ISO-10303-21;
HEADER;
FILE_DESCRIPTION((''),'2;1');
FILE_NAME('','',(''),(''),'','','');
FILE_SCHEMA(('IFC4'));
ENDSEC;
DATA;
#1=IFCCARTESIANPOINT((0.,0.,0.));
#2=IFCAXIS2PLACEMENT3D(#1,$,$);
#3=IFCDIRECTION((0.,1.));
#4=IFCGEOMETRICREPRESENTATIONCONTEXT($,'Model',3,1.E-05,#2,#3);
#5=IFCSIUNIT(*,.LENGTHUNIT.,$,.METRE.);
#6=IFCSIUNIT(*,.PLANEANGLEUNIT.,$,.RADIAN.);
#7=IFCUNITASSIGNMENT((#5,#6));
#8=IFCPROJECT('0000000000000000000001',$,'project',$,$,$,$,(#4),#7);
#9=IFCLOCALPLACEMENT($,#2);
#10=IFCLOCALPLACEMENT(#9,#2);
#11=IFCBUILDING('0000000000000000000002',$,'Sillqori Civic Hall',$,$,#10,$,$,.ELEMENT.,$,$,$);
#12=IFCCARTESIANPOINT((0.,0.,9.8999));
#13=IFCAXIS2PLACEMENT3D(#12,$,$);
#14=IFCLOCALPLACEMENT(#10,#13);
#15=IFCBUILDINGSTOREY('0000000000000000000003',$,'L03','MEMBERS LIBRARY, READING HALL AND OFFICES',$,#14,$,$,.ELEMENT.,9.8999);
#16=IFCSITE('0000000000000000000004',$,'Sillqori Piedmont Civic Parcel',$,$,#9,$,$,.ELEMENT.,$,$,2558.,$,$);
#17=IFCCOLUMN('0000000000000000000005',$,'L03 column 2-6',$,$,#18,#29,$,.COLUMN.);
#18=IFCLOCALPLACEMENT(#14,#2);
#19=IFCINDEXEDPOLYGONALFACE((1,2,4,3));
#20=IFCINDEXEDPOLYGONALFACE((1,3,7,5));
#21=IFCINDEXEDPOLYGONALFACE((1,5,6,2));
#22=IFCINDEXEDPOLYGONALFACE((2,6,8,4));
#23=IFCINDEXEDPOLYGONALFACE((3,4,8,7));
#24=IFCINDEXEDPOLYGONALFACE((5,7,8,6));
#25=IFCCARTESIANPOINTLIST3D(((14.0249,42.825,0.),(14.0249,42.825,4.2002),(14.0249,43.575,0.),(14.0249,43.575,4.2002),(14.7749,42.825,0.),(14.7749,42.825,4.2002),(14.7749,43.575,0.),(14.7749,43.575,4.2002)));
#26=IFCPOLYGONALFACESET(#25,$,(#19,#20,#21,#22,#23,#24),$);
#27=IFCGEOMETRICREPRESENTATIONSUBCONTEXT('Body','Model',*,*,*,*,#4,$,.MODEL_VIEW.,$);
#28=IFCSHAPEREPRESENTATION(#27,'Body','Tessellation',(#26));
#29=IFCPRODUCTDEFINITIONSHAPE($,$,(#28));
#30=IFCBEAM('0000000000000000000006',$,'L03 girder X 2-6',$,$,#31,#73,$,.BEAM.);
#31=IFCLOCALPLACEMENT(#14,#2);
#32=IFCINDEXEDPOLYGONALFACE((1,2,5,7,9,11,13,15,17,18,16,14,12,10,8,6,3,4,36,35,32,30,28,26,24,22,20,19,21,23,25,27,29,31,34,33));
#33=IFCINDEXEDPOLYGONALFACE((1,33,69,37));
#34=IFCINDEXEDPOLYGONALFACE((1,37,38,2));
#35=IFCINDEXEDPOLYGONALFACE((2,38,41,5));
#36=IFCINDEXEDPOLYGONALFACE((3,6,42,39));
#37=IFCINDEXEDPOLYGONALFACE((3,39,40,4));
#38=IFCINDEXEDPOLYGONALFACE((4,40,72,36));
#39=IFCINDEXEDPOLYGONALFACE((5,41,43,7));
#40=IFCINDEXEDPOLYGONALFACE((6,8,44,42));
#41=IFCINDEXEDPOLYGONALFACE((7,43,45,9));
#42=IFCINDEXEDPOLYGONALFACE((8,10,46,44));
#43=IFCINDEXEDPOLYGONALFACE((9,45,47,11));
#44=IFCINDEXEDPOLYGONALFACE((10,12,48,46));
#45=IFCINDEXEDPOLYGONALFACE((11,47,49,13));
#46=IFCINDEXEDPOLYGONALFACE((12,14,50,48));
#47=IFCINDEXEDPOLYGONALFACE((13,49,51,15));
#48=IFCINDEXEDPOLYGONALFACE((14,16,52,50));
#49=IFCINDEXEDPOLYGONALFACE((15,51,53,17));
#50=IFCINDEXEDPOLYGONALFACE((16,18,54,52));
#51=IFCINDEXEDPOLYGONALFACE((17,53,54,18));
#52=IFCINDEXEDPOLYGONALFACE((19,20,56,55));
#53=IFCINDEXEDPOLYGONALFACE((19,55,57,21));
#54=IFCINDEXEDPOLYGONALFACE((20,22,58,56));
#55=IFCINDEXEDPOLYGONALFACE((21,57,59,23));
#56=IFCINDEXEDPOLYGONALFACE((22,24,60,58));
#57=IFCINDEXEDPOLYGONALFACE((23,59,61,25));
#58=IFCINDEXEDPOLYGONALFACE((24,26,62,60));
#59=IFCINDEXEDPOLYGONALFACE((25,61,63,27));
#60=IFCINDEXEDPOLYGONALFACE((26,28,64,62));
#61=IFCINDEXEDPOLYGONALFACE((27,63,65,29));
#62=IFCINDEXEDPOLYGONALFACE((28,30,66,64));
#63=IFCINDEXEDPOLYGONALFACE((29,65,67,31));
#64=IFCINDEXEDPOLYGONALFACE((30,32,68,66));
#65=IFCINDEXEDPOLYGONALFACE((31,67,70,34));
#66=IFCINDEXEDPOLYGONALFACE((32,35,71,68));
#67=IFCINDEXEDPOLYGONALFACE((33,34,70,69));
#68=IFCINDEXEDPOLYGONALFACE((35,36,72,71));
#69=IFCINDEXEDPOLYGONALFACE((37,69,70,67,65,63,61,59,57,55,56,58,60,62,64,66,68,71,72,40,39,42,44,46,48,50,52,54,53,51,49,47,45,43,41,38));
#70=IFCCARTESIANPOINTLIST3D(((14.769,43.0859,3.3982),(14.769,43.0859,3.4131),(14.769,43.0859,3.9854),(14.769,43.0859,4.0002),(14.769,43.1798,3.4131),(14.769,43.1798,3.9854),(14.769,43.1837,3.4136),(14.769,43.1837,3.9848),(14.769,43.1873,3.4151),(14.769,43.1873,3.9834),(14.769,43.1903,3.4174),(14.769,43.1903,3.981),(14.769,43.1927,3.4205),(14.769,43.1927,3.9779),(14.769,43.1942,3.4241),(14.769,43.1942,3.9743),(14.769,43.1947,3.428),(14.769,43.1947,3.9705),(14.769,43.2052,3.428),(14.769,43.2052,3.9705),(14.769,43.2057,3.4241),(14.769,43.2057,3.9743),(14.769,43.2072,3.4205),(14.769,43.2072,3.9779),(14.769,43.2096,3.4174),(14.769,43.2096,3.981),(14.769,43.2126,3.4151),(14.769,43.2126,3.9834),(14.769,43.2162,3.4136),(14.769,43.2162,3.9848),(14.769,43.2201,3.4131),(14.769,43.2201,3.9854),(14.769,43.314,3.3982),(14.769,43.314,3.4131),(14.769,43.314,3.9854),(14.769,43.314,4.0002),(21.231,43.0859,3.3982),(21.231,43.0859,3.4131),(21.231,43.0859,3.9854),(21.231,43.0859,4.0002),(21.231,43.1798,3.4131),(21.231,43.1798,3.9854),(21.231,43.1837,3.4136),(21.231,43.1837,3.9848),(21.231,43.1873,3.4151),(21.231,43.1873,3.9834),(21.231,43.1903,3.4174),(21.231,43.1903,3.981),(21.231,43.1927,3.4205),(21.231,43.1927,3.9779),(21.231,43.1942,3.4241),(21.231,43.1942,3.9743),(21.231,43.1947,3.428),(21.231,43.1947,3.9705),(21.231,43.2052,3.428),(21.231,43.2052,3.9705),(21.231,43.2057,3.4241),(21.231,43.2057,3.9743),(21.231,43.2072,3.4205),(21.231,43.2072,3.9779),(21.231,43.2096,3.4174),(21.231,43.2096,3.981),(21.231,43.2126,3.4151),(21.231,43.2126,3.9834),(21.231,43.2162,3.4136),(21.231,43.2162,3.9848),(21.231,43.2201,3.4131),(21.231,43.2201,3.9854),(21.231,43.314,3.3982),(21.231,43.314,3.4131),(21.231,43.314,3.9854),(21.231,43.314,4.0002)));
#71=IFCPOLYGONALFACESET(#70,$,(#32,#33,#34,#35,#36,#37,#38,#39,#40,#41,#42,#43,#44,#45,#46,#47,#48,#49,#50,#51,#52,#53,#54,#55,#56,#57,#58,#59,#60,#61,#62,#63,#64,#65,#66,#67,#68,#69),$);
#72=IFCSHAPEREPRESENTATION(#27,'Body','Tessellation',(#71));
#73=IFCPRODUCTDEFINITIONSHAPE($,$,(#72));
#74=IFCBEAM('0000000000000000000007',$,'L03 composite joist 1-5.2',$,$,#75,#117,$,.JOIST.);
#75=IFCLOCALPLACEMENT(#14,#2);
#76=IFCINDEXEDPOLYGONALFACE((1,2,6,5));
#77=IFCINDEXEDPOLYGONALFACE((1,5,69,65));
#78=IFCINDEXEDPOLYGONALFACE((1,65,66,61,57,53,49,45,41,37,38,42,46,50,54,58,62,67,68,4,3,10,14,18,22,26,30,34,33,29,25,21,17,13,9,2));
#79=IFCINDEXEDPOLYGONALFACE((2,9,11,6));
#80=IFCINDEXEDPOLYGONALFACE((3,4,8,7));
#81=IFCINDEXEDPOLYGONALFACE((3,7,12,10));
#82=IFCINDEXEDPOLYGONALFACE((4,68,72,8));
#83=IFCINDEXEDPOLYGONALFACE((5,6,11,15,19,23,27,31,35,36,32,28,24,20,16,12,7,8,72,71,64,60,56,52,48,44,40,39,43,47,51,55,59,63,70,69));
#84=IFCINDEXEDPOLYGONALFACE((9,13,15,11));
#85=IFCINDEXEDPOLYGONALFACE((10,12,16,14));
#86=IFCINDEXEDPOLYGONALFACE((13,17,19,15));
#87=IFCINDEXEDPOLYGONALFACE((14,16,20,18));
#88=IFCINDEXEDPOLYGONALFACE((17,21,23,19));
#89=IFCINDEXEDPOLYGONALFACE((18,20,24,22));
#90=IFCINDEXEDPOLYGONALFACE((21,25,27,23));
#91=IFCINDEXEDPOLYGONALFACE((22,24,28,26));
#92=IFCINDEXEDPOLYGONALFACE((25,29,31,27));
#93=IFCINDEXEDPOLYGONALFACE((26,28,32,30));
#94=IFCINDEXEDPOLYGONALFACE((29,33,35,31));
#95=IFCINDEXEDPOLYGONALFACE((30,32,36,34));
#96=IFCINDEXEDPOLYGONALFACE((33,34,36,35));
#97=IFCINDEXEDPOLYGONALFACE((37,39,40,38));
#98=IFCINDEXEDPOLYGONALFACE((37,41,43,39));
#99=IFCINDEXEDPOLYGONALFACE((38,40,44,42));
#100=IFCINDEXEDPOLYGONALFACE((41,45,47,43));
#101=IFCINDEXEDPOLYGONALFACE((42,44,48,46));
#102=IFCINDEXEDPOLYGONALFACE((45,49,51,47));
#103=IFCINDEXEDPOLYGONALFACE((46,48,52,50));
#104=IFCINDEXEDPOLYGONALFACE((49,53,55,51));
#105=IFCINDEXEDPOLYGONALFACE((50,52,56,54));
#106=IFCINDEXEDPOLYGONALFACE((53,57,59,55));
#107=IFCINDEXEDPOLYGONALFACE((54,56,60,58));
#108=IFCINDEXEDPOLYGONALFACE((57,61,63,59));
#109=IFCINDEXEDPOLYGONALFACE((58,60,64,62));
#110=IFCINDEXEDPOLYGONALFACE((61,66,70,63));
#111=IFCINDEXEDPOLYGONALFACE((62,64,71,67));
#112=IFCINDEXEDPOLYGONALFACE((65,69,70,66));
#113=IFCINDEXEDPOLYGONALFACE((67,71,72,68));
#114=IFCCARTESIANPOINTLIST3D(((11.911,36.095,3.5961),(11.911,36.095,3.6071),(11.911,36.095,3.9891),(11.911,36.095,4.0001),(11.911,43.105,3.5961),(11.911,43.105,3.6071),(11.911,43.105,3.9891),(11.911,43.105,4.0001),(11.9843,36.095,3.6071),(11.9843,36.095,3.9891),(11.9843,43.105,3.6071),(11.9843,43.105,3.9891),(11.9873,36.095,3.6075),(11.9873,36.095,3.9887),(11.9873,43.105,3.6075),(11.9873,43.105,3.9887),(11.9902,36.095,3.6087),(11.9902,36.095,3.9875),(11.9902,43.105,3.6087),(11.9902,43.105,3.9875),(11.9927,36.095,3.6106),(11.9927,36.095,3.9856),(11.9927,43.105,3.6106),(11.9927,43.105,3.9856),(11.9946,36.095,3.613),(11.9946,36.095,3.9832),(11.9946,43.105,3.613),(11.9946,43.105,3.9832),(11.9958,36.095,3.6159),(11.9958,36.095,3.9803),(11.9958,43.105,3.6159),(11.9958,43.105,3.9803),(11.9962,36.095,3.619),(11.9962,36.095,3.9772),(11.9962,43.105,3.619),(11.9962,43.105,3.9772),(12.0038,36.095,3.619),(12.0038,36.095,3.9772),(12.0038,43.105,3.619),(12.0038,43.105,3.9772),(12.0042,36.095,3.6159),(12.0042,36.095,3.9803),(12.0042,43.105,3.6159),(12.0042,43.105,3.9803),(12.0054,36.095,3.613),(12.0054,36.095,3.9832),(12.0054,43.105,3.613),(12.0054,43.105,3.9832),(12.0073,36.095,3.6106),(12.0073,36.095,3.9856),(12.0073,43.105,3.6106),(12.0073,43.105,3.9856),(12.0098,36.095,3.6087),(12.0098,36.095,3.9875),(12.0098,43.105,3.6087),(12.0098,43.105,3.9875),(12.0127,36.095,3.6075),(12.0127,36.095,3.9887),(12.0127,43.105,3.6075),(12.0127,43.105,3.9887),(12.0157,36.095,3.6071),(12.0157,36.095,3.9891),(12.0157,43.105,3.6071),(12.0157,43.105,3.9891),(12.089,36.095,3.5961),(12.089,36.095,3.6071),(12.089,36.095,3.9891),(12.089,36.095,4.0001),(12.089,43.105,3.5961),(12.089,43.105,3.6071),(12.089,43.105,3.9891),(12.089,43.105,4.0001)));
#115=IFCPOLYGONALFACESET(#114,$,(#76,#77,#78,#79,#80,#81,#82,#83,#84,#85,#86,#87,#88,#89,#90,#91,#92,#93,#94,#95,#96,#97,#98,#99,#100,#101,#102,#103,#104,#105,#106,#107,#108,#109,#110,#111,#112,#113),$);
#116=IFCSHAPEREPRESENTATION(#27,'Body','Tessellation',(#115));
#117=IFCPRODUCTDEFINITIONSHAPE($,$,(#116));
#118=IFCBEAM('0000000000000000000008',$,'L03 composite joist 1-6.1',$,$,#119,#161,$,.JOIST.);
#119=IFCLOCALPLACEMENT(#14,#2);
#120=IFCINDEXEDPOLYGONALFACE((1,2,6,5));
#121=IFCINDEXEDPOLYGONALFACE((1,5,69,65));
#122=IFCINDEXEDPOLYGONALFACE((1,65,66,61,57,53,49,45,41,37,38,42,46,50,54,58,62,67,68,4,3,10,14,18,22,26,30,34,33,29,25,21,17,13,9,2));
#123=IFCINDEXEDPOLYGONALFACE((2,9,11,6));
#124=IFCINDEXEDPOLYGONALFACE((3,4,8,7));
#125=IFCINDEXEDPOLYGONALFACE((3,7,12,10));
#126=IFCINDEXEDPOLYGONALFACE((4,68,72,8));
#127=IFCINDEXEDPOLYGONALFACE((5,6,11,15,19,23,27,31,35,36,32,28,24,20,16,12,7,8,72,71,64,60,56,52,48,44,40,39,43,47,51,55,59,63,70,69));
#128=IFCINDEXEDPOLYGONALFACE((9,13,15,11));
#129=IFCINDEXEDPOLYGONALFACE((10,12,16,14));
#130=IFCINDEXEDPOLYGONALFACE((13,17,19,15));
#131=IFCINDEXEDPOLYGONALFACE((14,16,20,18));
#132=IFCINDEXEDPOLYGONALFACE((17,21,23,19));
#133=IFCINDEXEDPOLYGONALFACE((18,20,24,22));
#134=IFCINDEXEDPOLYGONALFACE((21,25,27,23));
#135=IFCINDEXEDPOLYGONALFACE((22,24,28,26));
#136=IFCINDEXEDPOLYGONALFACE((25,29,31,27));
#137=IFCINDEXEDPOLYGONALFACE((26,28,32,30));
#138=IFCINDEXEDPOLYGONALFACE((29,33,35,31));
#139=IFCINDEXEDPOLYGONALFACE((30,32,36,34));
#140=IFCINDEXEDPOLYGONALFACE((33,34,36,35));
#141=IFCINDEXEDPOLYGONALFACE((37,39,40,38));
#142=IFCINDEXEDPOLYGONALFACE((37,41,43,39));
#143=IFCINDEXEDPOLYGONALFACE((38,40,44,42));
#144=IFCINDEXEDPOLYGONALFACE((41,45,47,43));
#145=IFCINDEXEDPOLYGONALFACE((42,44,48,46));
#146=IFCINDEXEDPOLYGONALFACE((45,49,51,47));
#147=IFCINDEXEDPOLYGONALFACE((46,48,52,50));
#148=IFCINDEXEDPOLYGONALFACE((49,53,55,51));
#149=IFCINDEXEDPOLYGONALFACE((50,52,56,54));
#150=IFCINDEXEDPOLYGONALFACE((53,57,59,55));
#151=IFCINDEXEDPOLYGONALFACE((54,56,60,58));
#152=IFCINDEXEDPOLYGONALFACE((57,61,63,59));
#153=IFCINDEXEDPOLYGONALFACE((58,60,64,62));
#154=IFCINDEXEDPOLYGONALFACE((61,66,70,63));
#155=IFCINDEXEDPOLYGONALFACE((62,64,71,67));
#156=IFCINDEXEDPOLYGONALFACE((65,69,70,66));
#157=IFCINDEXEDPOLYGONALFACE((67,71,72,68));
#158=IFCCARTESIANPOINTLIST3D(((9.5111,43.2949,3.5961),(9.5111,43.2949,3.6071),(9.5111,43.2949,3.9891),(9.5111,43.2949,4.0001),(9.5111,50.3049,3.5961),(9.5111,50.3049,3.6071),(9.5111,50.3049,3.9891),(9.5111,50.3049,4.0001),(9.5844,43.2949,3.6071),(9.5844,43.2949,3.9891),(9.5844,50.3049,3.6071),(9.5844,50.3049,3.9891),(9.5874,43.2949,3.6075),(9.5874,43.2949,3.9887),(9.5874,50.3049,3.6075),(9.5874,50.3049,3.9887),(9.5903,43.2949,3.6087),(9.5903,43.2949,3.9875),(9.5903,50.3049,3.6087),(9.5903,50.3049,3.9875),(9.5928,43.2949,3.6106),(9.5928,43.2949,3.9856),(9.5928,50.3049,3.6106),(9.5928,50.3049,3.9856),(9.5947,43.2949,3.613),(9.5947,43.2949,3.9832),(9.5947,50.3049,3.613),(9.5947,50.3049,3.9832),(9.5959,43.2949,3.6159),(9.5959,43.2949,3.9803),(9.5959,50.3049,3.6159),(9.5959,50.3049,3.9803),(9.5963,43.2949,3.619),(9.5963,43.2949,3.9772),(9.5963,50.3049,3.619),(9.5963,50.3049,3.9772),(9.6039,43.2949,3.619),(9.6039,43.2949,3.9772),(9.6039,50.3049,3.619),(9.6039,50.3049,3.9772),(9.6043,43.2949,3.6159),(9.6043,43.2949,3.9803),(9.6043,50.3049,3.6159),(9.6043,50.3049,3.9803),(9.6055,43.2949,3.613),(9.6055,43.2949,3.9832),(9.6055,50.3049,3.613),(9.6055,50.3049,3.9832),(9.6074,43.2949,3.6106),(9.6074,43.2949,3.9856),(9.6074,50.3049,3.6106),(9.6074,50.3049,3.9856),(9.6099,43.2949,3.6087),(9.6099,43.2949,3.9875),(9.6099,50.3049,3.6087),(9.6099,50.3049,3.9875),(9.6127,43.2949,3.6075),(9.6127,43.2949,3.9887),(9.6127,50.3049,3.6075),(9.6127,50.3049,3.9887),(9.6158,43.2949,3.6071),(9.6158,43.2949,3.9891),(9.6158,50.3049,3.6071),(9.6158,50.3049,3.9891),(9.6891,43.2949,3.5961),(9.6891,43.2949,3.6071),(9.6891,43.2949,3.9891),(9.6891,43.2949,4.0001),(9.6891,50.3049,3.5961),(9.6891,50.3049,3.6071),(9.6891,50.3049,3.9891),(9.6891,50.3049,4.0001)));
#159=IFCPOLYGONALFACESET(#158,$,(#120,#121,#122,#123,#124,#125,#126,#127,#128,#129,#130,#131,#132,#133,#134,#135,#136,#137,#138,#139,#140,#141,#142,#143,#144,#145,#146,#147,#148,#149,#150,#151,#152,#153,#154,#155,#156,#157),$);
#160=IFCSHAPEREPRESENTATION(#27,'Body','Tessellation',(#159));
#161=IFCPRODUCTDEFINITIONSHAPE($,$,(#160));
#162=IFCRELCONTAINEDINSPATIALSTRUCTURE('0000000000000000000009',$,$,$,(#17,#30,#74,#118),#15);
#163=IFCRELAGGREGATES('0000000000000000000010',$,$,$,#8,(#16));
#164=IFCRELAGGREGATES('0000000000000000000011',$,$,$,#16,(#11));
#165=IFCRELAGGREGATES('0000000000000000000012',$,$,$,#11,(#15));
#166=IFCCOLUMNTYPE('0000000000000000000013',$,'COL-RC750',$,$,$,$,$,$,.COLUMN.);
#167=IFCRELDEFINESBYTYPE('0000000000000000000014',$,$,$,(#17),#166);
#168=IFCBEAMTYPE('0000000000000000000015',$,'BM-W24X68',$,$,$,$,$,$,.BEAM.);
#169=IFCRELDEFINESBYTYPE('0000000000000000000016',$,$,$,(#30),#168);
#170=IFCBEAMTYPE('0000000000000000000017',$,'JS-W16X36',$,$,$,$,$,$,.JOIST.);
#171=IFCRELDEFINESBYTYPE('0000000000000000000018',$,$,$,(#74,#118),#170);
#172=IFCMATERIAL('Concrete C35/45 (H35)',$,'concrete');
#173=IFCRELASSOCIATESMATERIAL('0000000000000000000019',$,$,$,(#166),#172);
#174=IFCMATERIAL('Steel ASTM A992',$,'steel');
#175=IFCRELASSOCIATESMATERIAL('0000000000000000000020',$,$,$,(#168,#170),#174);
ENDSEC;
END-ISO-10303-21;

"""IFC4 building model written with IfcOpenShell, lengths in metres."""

from ifc_helpers import new_model, si_unit, direction, frame, origin, origin_2d, place, context, subcontext, project, spatial, rectangle, i_section, extrude, material, material_profile, profile_set, type_object, element, save


model = new_model("IFC4")

# Units and contexts
model_context = context("Model", 3, precision=1e-05, world=origin(), true_north=direction((0.0, 1.0)))
body_context = subcontext(model_context, "Body", "Model", "MODEL_VIEW")
ifc_project = project(units=[si_unit("LENGTHUNIT", "METRE"), si_unit("PLANEANGLEUNIT", "RADIAN")], contexts=[model_context])

# Site, building, storey
site_placement = place(None, origin())
site = spatial("IfcSite", under=ifc_project, at=site_placement, Name="Sillqori Piedmont Civic Parcel", CompositionType="ELEMENT", RefElevation=2558.0)
building_placement = place(site_placement, origin())
building = spatial("IfcBuilding", under=site, at=building_placement, Name="Sillqori Civic Hall", CompositionType="ELEMENT")
storey_placement = place(building_placement, frame((0.0, 0.0, 9.8999)))
storey = spatial("IfcBuildingStorey", under=building, at=storey_placement, Name="L03", Description="MEMBERS LIBRARY, READING HALL AND OFFICES", CompositionType="ELEMENT", Elevation=9.8999)

# Column
ifc_material_1 = material(Name="Concrete C35/45 (H35)", Category="concrete")
ifc_material_profile_1 = material_profile(ifc_material_1, rectangle(XDim=0.75, YDim=0.75, at=origin_2d()), Name="RC 750x750")
ifc_profile_set_1 = profile_set([ifc_material_profile_1], Name="Concrete C35/45 (H35)")
column_type = type_object("IfcColumnType", Name="COL-RC750", PredefinedType="COLUMN", material=ifc_profile_set_1)
column_placement = place(storey_placement, frame((14.3999, 43.2, 0.0), z_axis=(0.0, 0.0, 1.0), x_axis=(1.0, 0.0, 0.0)))
element("IfcColumn", 1, at=column_placement, inside=storey, type_object=column_type, Name="L03 column 2-6", PredefinedType="COLUMN", context=body_context, shape_type="SweptSolid", body=[
    extrude(rectangle(XDim=0.75, YDim=0.75, at=origin_2d()), origin(), (0.0, 0.0, 1.0), 4.2002),
])

# Beams
ifc_material_2 = material(Name="Steel ASTM A992", Category="steel")
ifc_material_profile_2 = material_profile(ifc_material_2, i_section(OverallWidth=0.228, OverallDepth=0.6021, WebThickness=0.0105, FlangeThickness=0.0149, FilletRadius=0.0149, at=origin_2d()), Name="W24X68")
ifc_profile_set_2 = profile_set([ifc_material_profile_2], Name="Steel ASTM A992")
beam_type_1 = type_object("IfcBeamType", Name="BM-W24X68", PredefinedType="BEAM", material=ifc_profile_set_2)
beam_1_placement = place(storey_placement, frame((14.769, 43.2, 3.6992), z_axis=(1.0, 0.0, 0.0), x_axis=(0.0, 1.0, 0.0)))
element("IfcBeam", 2, at=beam_1_placement, inside=storey, type_object=beam_type_1, Name="L03 girder X 2-6", PredefinedType="BEAM", context=body_context, shape_type="SweptSolid", body=[
    extrude(i_section(OverallWidth=0.228, OverallDepth=0.6021, WebThickness=0.0105, FlangeThickness=0.0149, FilletRadius=0.0149, at=origin_2d()), origin(), (0.0, 0.0, 1.0), 6.4619),
])
ifc_material_profile_3 = material_profile(ifc_material_2, i_section(OverallWidth=0.178, OverallDepth=0.4041, WebThickness=0.0076, FlangeThickness=0.011, FilletRadius=0.012, at=origin_2d()), Name="W16X36")
ifc_profile_set_3 = profile_set([ifc_material_profile_3], Name="Steel ASTM A992")
beam_type_2 = type_object("IfcBeamType", Name="JS-W16X36", PredefinedType="JOIST", material=ifc_profile_set_3)
for number, where, z_axis, x_axis, name in (
    (3, (12.0, 36.095, 3.7981), (0.0, 1.0, 0.0), (-1.0, 0.0, 0.0), "L03 composite joist 1-5.2"),
    (4, (9.6001, 43.2949, 3.7981), (0.0, 1.0, 0.0), (-1.0, 0.0, 0.0), "L03 composite joist 1-6.1"),
):
    element("IfcBeam", number, at=place(storey_placement, frame(where, z_axis=z_axis, x_axis=x_axis)), inside=storey, type_object=beam_type_2, Name=name, PredefinedType="JOIST", context=body_context, shape_type="SweptSolid", body=[
        extrude(i_section(OverallWidth=0.178, OverallDepth=0.4041, WebThickness=0.0076, FlangeThickness=0.011, FilletRadius=0.012, at=origin_2d()), origin(), (0.0, 0.0, 1.0), 7.01),
    ])

save(model, "model.ifc")
